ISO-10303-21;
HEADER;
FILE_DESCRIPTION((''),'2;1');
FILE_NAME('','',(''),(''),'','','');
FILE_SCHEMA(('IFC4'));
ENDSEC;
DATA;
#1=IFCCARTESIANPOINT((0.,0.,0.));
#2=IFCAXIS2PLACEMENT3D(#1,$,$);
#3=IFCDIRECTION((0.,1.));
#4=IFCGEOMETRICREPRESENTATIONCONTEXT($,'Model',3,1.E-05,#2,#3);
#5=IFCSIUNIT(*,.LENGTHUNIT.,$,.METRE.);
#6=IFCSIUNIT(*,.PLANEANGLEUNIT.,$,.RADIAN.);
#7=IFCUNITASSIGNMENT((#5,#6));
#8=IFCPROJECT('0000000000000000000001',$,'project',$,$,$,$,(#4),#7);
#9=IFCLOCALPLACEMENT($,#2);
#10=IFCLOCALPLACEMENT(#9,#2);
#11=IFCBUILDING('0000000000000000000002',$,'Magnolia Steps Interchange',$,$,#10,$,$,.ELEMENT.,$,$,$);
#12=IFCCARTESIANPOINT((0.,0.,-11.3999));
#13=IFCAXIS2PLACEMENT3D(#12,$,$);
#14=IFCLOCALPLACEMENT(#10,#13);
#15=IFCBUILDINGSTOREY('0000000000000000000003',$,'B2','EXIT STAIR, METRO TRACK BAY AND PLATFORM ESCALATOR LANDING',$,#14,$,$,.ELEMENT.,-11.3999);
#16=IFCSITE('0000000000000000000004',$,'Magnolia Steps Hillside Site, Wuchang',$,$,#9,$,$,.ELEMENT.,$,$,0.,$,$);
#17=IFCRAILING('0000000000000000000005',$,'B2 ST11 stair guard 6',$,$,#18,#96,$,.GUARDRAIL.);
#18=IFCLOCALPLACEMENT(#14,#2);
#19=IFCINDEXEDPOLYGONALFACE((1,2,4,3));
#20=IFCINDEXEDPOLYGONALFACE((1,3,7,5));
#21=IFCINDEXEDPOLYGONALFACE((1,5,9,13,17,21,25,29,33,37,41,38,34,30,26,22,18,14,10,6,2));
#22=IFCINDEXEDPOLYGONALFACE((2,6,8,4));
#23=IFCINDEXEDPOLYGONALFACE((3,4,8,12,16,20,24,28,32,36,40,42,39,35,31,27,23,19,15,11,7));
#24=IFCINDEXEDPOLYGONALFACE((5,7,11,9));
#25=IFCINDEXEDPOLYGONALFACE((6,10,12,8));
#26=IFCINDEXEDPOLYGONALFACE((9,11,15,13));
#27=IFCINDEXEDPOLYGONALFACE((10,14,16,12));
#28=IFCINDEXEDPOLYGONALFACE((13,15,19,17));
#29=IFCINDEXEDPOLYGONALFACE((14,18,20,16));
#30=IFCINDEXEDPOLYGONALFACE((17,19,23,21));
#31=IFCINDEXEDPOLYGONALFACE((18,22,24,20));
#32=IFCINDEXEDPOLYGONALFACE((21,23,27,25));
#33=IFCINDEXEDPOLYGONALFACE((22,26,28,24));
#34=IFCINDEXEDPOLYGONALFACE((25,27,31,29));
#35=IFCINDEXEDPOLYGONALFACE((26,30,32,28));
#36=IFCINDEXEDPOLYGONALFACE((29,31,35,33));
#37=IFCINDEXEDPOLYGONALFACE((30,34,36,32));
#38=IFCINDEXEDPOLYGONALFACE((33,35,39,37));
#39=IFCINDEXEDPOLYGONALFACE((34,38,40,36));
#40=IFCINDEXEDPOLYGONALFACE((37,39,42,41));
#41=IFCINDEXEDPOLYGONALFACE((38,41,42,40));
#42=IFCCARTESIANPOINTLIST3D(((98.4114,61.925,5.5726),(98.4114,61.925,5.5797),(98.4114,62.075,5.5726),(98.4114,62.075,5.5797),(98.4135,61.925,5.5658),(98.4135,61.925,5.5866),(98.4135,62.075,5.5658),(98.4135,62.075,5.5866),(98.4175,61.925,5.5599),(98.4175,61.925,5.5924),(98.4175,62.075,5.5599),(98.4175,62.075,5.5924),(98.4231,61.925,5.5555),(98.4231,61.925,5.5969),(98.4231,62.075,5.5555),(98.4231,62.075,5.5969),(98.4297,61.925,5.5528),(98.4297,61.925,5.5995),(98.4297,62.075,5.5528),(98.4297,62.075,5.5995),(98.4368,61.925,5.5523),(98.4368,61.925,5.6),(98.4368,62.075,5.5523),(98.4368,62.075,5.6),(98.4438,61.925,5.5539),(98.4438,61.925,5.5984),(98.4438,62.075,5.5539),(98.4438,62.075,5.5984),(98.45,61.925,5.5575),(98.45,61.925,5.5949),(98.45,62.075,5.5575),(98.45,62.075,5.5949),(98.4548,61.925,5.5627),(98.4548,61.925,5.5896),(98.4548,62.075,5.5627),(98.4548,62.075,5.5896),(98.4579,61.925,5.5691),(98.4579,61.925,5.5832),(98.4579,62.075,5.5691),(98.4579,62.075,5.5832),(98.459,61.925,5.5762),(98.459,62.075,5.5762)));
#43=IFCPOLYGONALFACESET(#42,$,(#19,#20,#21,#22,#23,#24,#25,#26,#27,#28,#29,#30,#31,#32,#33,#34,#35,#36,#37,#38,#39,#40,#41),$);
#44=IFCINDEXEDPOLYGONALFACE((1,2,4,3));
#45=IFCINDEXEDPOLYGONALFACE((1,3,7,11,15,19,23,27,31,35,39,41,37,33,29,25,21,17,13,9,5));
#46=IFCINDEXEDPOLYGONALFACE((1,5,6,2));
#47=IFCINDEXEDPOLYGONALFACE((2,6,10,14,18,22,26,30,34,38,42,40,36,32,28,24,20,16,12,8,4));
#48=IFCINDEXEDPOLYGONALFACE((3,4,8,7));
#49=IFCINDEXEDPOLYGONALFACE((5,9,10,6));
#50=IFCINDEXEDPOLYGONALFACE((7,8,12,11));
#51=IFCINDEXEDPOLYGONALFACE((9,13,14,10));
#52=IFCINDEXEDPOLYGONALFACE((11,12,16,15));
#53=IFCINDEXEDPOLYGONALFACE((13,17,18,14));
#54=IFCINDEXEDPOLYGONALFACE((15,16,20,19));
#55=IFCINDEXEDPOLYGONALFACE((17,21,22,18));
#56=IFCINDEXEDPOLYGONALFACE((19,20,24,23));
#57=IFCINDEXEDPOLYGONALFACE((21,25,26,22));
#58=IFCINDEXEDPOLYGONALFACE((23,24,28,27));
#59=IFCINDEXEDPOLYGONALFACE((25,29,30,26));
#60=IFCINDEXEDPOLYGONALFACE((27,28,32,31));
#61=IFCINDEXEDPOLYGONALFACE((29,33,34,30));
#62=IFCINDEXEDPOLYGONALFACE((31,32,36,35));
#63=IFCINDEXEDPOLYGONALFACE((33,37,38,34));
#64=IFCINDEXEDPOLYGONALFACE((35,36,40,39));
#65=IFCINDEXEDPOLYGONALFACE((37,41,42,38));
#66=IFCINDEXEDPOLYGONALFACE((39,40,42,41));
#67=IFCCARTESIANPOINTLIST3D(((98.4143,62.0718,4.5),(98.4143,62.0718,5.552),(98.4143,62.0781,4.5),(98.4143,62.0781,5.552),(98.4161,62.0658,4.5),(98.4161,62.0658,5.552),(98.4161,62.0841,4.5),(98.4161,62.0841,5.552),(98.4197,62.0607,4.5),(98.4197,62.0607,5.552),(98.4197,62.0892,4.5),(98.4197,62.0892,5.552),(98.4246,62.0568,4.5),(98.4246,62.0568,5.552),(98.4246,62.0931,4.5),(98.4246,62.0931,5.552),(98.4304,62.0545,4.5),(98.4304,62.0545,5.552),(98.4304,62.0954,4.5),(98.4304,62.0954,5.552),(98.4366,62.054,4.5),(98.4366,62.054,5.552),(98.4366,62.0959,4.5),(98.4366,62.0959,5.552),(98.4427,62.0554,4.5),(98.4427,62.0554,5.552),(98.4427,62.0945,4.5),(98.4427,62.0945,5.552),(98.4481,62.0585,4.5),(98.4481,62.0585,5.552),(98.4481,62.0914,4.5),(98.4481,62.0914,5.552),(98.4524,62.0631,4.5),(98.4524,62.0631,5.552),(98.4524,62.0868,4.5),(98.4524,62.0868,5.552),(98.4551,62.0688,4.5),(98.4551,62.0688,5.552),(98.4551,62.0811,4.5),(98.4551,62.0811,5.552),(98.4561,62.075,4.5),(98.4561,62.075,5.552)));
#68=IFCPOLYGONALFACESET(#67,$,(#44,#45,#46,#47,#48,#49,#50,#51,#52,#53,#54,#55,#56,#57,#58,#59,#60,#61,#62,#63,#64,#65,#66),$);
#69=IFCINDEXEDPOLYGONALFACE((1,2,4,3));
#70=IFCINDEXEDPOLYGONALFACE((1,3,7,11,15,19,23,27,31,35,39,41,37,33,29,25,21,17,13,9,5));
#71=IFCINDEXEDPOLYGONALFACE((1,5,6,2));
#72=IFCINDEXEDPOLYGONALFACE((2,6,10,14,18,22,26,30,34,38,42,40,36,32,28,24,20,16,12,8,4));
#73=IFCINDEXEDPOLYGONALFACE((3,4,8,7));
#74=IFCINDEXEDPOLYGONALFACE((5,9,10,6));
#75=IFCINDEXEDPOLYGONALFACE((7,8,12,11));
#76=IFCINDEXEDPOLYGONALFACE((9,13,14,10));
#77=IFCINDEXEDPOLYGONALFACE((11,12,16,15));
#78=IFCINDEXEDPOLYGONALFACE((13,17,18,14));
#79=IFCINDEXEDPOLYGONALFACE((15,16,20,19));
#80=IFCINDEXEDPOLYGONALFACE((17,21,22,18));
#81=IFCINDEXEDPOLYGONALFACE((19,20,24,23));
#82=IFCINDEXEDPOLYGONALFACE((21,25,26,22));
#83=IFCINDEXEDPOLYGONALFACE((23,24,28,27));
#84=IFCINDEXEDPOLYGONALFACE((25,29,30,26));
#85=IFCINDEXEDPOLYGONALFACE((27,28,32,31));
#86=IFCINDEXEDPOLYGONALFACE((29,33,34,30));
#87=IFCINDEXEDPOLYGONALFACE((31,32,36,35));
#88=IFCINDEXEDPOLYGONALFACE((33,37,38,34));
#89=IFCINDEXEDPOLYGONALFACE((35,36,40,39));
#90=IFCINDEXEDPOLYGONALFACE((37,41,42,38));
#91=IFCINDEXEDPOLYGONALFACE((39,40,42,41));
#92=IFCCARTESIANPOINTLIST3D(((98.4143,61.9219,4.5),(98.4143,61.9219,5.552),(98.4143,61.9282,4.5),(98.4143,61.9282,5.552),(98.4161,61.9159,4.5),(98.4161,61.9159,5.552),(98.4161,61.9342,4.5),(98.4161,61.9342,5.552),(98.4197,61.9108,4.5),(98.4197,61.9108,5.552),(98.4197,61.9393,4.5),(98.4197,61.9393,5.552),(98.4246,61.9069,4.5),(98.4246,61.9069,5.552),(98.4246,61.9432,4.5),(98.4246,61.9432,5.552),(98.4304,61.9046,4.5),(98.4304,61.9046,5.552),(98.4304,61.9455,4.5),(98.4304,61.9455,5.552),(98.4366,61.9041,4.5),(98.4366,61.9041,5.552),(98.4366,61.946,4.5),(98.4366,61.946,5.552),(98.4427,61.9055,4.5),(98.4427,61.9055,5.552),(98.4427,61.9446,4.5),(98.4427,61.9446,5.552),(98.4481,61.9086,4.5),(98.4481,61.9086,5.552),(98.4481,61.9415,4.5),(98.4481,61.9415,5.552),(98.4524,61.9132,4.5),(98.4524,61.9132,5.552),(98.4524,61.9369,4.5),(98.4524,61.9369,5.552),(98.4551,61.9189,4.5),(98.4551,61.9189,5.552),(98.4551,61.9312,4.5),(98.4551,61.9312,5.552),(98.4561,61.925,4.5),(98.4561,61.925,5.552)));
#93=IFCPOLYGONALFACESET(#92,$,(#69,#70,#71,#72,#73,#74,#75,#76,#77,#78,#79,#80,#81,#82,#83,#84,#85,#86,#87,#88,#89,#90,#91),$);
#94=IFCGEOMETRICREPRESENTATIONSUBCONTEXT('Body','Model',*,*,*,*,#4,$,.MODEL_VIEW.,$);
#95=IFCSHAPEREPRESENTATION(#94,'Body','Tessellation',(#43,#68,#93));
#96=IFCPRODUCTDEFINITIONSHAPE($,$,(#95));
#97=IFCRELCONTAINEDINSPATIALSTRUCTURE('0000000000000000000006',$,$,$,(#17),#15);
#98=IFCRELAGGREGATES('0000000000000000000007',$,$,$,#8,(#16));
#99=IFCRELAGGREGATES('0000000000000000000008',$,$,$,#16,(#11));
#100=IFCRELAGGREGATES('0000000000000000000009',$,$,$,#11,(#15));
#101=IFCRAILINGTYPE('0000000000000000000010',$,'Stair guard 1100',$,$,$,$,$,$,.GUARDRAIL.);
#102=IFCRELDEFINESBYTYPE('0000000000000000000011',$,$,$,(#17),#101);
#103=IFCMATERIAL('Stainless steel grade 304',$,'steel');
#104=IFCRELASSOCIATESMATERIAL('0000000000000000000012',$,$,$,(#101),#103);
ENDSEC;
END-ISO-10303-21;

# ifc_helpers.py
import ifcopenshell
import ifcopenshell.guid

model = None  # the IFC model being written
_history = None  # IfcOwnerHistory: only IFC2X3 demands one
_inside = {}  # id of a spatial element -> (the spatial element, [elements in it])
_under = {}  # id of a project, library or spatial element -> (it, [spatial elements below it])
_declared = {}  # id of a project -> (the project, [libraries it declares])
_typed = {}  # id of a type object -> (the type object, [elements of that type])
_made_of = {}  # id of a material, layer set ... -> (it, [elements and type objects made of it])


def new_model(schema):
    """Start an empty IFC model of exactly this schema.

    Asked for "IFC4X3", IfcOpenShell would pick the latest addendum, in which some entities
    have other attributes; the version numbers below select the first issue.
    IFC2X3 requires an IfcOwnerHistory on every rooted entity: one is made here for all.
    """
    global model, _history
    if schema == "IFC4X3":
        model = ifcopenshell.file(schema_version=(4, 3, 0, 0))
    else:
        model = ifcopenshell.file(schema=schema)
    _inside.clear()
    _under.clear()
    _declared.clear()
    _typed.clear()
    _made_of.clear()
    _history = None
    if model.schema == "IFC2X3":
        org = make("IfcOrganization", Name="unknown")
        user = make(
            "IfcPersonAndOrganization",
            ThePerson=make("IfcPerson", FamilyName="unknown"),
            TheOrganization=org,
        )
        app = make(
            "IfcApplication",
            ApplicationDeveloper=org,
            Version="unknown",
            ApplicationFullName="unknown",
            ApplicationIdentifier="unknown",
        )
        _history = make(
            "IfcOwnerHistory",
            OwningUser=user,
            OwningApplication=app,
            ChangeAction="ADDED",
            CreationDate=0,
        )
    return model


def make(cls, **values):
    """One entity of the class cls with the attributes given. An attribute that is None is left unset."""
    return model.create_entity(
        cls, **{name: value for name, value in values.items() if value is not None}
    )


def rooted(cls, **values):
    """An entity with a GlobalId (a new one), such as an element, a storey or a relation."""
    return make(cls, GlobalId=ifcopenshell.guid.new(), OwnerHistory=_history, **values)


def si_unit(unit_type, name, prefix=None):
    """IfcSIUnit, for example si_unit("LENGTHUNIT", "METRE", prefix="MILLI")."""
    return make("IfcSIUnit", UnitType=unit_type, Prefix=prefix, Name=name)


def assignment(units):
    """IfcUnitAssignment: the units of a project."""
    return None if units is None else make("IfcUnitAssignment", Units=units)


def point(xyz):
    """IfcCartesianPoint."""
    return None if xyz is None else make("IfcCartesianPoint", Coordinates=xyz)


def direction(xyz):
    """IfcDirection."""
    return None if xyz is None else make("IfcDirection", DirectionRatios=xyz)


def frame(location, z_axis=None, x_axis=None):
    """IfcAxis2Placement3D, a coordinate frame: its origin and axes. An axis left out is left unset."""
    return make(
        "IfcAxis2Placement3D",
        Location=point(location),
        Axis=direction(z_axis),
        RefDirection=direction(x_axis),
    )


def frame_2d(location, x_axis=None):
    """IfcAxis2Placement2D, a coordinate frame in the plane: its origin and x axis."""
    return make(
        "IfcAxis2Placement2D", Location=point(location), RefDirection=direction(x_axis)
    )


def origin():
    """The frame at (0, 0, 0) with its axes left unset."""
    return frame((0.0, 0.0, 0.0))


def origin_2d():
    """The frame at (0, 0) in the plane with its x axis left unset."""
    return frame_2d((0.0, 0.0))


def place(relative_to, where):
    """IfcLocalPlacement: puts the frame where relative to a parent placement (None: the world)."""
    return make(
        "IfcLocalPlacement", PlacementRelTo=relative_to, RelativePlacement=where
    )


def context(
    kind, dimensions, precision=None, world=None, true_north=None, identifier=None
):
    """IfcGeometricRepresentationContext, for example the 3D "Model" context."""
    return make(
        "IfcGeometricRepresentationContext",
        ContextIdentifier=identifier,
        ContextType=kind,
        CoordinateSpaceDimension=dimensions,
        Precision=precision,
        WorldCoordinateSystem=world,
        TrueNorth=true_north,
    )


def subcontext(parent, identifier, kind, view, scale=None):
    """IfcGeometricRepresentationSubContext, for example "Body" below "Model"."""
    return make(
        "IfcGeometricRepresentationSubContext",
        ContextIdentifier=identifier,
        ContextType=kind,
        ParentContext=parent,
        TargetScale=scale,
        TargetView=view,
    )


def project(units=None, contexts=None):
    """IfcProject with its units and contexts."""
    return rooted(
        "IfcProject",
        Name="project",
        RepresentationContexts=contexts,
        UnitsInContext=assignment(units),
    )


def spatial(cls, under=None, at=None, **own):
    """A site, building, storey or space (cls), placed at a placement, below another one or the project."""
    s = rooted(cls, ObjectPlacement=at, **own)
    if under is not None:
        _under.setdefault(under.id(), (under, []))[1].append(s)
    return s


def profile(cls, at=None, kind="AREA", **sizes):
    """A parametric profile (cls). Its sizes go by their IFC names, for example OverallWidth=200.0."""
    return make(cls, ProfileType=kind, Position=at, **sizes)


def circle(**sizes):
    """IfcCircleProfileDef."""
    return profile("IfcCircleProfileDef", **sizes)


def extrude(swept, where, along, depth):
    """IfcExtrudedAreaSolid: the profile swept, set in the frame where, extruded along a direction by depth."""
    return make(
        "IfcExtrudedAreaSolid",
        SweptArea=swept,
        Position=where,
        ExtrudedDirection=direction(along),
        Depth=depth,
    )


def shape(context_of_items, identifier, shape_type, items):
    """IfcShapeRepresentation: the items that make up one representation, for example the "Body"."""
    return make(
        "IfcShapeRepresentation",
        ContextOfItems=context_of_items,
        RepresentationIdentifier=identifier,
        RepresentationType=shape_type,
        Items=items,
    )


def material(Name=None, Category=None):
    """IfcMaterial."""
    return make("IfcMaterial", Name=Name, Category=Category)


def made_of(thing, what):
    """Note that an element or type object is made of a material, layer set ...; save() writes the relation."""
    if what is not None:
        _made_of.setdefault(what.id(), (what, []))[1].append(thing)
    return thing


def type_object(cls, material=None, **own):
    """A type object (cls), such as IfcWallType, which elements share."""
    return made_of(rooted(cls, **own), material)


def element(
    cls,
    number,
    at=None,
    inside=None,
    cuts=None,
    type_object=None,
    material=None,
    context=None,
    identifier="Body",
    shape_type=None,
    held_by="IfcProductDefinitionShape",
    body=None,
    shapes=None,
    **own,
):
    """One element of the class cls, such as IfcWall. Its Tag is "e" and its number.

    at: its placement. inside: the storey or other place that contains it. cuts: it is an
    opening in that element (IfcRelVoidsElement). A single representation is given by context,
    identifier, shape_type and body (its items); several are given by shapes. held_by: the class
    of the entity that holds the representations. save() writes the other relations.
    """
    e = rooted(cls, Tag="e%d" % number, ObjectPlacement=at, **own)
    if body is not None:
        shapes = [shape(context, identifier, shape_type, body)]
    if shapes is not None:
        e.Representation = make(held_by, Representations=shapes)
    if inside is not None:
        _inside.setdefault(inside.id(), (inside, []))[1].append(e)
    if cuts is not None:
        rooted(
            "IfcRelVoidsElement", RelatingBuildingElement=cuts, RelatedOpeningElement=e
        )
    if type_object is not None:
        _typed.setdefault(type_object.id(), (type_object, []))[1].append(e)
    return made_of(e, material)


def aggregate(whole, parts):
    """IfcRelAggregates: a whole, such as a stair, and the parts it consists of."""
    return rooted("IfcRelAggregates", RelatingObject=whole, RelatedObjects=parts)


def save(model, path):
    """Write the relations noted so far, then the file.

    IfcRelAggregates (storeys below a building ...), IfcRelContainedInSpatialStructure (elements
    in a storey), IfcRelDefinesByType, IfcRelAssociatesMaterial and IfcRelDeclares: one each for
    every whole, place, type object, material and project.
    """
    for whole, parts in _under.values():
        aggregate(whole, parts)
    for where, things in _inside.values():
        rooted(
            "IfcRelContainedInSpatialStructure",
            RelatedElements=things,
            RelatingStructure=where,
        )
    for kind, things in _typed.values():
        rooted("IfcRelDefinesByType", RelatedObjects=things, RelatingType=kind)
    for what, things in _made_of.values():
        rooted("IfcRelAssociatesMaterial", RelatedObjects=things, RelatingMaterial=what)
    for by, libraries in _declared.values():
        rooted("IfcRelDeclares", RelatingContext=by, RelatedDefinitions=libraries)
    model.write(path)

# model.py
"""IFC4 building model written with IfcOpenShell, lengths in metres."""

from ifc_helpers import new_model, si_unit, direction, frame, origin, origin_2d, place, context, subcontext, project, spatial, circle, extrude, material, type_object, element, save


model = new_model("IFC4")

# Units and contexts
model_context = context("Model", 3, precision=1e-05, world=origin(), true_north=direction((0.0, 1.0)))
body_context = subcontext(model_context, "Body", "Model", "MODEL_VIEW")
ifc_project = project(units=[si_unit("LENGTHUNIT", "METRE"), si_unit("PLANEANGLEUNIT", "RADIAN")], contexts=[model_context])

# Site, building, storey
site_placement = place(None, origin())
site = spatial("IfcSite", under=ifc_project, at=site_placement, Name="Magnolia Steps Hillside Site, Wuchang", CompositionType="ELEMENT", RefElevation=0.0)
building_placement = place(site_placement, origin())
building = spatial("IfcBuilding", under=site, at=building_placement, Name="Magnolia Steps Interchange", CompositionType="ELEMENT")
storey_placement = place(building_placement, frame((0.0, 0.0, -11.3999)))
storey = spatial("IfcBuildingStorey", under=building, at=storey_placement, Name="B2", Description="EXIT STAIR, METRO TRACK BAY AND PLATFORM ESCALATOR LANDING", CompositionType="ELEMENT", Elevation=-11.3999)

# Railing
ifc_material_1 = material(Name="Stainless steel grade 304", Category="steel")
railing_type_1 = type_object("IfcRailingType", Name="Stair guard 1100", PredefinedType="GUARDRAIL", material=ifc_material_1)
railing_1_placement = place(storey_placement, frame((98.4351, 62.075, 4.5)))
element("IfcRailing", 1, at=railing_1_placement, inside=storey, type_object=railing_type_1, Name="B2 ST11 stair guard 6", PredefinedType="GUARDRAIL", context=body_context, shape_type="SweptSolid", body=[
    extrude(circle(Radius=0.0239, at=origin_2d()), frame((0.0, 0.0, 1.0762), z_axis=(0.0, -1.0, 0.0), x_axis=(1.0, 0.0, 0.0)), (0.0, 0.0, 1.0), 0.1499),
    extrude(circle(Radius=0.021, at=origin_2d()), origin(), (0.0, 0.0, 1.0), 1.052),
    extrude(circle(Radius=0.021, at=origin_2d()), frame((0.0, -0.1499, 0.0)), (0.0, 0.0, 1.0), 1.052),
])

save(model, "model.ifc")
